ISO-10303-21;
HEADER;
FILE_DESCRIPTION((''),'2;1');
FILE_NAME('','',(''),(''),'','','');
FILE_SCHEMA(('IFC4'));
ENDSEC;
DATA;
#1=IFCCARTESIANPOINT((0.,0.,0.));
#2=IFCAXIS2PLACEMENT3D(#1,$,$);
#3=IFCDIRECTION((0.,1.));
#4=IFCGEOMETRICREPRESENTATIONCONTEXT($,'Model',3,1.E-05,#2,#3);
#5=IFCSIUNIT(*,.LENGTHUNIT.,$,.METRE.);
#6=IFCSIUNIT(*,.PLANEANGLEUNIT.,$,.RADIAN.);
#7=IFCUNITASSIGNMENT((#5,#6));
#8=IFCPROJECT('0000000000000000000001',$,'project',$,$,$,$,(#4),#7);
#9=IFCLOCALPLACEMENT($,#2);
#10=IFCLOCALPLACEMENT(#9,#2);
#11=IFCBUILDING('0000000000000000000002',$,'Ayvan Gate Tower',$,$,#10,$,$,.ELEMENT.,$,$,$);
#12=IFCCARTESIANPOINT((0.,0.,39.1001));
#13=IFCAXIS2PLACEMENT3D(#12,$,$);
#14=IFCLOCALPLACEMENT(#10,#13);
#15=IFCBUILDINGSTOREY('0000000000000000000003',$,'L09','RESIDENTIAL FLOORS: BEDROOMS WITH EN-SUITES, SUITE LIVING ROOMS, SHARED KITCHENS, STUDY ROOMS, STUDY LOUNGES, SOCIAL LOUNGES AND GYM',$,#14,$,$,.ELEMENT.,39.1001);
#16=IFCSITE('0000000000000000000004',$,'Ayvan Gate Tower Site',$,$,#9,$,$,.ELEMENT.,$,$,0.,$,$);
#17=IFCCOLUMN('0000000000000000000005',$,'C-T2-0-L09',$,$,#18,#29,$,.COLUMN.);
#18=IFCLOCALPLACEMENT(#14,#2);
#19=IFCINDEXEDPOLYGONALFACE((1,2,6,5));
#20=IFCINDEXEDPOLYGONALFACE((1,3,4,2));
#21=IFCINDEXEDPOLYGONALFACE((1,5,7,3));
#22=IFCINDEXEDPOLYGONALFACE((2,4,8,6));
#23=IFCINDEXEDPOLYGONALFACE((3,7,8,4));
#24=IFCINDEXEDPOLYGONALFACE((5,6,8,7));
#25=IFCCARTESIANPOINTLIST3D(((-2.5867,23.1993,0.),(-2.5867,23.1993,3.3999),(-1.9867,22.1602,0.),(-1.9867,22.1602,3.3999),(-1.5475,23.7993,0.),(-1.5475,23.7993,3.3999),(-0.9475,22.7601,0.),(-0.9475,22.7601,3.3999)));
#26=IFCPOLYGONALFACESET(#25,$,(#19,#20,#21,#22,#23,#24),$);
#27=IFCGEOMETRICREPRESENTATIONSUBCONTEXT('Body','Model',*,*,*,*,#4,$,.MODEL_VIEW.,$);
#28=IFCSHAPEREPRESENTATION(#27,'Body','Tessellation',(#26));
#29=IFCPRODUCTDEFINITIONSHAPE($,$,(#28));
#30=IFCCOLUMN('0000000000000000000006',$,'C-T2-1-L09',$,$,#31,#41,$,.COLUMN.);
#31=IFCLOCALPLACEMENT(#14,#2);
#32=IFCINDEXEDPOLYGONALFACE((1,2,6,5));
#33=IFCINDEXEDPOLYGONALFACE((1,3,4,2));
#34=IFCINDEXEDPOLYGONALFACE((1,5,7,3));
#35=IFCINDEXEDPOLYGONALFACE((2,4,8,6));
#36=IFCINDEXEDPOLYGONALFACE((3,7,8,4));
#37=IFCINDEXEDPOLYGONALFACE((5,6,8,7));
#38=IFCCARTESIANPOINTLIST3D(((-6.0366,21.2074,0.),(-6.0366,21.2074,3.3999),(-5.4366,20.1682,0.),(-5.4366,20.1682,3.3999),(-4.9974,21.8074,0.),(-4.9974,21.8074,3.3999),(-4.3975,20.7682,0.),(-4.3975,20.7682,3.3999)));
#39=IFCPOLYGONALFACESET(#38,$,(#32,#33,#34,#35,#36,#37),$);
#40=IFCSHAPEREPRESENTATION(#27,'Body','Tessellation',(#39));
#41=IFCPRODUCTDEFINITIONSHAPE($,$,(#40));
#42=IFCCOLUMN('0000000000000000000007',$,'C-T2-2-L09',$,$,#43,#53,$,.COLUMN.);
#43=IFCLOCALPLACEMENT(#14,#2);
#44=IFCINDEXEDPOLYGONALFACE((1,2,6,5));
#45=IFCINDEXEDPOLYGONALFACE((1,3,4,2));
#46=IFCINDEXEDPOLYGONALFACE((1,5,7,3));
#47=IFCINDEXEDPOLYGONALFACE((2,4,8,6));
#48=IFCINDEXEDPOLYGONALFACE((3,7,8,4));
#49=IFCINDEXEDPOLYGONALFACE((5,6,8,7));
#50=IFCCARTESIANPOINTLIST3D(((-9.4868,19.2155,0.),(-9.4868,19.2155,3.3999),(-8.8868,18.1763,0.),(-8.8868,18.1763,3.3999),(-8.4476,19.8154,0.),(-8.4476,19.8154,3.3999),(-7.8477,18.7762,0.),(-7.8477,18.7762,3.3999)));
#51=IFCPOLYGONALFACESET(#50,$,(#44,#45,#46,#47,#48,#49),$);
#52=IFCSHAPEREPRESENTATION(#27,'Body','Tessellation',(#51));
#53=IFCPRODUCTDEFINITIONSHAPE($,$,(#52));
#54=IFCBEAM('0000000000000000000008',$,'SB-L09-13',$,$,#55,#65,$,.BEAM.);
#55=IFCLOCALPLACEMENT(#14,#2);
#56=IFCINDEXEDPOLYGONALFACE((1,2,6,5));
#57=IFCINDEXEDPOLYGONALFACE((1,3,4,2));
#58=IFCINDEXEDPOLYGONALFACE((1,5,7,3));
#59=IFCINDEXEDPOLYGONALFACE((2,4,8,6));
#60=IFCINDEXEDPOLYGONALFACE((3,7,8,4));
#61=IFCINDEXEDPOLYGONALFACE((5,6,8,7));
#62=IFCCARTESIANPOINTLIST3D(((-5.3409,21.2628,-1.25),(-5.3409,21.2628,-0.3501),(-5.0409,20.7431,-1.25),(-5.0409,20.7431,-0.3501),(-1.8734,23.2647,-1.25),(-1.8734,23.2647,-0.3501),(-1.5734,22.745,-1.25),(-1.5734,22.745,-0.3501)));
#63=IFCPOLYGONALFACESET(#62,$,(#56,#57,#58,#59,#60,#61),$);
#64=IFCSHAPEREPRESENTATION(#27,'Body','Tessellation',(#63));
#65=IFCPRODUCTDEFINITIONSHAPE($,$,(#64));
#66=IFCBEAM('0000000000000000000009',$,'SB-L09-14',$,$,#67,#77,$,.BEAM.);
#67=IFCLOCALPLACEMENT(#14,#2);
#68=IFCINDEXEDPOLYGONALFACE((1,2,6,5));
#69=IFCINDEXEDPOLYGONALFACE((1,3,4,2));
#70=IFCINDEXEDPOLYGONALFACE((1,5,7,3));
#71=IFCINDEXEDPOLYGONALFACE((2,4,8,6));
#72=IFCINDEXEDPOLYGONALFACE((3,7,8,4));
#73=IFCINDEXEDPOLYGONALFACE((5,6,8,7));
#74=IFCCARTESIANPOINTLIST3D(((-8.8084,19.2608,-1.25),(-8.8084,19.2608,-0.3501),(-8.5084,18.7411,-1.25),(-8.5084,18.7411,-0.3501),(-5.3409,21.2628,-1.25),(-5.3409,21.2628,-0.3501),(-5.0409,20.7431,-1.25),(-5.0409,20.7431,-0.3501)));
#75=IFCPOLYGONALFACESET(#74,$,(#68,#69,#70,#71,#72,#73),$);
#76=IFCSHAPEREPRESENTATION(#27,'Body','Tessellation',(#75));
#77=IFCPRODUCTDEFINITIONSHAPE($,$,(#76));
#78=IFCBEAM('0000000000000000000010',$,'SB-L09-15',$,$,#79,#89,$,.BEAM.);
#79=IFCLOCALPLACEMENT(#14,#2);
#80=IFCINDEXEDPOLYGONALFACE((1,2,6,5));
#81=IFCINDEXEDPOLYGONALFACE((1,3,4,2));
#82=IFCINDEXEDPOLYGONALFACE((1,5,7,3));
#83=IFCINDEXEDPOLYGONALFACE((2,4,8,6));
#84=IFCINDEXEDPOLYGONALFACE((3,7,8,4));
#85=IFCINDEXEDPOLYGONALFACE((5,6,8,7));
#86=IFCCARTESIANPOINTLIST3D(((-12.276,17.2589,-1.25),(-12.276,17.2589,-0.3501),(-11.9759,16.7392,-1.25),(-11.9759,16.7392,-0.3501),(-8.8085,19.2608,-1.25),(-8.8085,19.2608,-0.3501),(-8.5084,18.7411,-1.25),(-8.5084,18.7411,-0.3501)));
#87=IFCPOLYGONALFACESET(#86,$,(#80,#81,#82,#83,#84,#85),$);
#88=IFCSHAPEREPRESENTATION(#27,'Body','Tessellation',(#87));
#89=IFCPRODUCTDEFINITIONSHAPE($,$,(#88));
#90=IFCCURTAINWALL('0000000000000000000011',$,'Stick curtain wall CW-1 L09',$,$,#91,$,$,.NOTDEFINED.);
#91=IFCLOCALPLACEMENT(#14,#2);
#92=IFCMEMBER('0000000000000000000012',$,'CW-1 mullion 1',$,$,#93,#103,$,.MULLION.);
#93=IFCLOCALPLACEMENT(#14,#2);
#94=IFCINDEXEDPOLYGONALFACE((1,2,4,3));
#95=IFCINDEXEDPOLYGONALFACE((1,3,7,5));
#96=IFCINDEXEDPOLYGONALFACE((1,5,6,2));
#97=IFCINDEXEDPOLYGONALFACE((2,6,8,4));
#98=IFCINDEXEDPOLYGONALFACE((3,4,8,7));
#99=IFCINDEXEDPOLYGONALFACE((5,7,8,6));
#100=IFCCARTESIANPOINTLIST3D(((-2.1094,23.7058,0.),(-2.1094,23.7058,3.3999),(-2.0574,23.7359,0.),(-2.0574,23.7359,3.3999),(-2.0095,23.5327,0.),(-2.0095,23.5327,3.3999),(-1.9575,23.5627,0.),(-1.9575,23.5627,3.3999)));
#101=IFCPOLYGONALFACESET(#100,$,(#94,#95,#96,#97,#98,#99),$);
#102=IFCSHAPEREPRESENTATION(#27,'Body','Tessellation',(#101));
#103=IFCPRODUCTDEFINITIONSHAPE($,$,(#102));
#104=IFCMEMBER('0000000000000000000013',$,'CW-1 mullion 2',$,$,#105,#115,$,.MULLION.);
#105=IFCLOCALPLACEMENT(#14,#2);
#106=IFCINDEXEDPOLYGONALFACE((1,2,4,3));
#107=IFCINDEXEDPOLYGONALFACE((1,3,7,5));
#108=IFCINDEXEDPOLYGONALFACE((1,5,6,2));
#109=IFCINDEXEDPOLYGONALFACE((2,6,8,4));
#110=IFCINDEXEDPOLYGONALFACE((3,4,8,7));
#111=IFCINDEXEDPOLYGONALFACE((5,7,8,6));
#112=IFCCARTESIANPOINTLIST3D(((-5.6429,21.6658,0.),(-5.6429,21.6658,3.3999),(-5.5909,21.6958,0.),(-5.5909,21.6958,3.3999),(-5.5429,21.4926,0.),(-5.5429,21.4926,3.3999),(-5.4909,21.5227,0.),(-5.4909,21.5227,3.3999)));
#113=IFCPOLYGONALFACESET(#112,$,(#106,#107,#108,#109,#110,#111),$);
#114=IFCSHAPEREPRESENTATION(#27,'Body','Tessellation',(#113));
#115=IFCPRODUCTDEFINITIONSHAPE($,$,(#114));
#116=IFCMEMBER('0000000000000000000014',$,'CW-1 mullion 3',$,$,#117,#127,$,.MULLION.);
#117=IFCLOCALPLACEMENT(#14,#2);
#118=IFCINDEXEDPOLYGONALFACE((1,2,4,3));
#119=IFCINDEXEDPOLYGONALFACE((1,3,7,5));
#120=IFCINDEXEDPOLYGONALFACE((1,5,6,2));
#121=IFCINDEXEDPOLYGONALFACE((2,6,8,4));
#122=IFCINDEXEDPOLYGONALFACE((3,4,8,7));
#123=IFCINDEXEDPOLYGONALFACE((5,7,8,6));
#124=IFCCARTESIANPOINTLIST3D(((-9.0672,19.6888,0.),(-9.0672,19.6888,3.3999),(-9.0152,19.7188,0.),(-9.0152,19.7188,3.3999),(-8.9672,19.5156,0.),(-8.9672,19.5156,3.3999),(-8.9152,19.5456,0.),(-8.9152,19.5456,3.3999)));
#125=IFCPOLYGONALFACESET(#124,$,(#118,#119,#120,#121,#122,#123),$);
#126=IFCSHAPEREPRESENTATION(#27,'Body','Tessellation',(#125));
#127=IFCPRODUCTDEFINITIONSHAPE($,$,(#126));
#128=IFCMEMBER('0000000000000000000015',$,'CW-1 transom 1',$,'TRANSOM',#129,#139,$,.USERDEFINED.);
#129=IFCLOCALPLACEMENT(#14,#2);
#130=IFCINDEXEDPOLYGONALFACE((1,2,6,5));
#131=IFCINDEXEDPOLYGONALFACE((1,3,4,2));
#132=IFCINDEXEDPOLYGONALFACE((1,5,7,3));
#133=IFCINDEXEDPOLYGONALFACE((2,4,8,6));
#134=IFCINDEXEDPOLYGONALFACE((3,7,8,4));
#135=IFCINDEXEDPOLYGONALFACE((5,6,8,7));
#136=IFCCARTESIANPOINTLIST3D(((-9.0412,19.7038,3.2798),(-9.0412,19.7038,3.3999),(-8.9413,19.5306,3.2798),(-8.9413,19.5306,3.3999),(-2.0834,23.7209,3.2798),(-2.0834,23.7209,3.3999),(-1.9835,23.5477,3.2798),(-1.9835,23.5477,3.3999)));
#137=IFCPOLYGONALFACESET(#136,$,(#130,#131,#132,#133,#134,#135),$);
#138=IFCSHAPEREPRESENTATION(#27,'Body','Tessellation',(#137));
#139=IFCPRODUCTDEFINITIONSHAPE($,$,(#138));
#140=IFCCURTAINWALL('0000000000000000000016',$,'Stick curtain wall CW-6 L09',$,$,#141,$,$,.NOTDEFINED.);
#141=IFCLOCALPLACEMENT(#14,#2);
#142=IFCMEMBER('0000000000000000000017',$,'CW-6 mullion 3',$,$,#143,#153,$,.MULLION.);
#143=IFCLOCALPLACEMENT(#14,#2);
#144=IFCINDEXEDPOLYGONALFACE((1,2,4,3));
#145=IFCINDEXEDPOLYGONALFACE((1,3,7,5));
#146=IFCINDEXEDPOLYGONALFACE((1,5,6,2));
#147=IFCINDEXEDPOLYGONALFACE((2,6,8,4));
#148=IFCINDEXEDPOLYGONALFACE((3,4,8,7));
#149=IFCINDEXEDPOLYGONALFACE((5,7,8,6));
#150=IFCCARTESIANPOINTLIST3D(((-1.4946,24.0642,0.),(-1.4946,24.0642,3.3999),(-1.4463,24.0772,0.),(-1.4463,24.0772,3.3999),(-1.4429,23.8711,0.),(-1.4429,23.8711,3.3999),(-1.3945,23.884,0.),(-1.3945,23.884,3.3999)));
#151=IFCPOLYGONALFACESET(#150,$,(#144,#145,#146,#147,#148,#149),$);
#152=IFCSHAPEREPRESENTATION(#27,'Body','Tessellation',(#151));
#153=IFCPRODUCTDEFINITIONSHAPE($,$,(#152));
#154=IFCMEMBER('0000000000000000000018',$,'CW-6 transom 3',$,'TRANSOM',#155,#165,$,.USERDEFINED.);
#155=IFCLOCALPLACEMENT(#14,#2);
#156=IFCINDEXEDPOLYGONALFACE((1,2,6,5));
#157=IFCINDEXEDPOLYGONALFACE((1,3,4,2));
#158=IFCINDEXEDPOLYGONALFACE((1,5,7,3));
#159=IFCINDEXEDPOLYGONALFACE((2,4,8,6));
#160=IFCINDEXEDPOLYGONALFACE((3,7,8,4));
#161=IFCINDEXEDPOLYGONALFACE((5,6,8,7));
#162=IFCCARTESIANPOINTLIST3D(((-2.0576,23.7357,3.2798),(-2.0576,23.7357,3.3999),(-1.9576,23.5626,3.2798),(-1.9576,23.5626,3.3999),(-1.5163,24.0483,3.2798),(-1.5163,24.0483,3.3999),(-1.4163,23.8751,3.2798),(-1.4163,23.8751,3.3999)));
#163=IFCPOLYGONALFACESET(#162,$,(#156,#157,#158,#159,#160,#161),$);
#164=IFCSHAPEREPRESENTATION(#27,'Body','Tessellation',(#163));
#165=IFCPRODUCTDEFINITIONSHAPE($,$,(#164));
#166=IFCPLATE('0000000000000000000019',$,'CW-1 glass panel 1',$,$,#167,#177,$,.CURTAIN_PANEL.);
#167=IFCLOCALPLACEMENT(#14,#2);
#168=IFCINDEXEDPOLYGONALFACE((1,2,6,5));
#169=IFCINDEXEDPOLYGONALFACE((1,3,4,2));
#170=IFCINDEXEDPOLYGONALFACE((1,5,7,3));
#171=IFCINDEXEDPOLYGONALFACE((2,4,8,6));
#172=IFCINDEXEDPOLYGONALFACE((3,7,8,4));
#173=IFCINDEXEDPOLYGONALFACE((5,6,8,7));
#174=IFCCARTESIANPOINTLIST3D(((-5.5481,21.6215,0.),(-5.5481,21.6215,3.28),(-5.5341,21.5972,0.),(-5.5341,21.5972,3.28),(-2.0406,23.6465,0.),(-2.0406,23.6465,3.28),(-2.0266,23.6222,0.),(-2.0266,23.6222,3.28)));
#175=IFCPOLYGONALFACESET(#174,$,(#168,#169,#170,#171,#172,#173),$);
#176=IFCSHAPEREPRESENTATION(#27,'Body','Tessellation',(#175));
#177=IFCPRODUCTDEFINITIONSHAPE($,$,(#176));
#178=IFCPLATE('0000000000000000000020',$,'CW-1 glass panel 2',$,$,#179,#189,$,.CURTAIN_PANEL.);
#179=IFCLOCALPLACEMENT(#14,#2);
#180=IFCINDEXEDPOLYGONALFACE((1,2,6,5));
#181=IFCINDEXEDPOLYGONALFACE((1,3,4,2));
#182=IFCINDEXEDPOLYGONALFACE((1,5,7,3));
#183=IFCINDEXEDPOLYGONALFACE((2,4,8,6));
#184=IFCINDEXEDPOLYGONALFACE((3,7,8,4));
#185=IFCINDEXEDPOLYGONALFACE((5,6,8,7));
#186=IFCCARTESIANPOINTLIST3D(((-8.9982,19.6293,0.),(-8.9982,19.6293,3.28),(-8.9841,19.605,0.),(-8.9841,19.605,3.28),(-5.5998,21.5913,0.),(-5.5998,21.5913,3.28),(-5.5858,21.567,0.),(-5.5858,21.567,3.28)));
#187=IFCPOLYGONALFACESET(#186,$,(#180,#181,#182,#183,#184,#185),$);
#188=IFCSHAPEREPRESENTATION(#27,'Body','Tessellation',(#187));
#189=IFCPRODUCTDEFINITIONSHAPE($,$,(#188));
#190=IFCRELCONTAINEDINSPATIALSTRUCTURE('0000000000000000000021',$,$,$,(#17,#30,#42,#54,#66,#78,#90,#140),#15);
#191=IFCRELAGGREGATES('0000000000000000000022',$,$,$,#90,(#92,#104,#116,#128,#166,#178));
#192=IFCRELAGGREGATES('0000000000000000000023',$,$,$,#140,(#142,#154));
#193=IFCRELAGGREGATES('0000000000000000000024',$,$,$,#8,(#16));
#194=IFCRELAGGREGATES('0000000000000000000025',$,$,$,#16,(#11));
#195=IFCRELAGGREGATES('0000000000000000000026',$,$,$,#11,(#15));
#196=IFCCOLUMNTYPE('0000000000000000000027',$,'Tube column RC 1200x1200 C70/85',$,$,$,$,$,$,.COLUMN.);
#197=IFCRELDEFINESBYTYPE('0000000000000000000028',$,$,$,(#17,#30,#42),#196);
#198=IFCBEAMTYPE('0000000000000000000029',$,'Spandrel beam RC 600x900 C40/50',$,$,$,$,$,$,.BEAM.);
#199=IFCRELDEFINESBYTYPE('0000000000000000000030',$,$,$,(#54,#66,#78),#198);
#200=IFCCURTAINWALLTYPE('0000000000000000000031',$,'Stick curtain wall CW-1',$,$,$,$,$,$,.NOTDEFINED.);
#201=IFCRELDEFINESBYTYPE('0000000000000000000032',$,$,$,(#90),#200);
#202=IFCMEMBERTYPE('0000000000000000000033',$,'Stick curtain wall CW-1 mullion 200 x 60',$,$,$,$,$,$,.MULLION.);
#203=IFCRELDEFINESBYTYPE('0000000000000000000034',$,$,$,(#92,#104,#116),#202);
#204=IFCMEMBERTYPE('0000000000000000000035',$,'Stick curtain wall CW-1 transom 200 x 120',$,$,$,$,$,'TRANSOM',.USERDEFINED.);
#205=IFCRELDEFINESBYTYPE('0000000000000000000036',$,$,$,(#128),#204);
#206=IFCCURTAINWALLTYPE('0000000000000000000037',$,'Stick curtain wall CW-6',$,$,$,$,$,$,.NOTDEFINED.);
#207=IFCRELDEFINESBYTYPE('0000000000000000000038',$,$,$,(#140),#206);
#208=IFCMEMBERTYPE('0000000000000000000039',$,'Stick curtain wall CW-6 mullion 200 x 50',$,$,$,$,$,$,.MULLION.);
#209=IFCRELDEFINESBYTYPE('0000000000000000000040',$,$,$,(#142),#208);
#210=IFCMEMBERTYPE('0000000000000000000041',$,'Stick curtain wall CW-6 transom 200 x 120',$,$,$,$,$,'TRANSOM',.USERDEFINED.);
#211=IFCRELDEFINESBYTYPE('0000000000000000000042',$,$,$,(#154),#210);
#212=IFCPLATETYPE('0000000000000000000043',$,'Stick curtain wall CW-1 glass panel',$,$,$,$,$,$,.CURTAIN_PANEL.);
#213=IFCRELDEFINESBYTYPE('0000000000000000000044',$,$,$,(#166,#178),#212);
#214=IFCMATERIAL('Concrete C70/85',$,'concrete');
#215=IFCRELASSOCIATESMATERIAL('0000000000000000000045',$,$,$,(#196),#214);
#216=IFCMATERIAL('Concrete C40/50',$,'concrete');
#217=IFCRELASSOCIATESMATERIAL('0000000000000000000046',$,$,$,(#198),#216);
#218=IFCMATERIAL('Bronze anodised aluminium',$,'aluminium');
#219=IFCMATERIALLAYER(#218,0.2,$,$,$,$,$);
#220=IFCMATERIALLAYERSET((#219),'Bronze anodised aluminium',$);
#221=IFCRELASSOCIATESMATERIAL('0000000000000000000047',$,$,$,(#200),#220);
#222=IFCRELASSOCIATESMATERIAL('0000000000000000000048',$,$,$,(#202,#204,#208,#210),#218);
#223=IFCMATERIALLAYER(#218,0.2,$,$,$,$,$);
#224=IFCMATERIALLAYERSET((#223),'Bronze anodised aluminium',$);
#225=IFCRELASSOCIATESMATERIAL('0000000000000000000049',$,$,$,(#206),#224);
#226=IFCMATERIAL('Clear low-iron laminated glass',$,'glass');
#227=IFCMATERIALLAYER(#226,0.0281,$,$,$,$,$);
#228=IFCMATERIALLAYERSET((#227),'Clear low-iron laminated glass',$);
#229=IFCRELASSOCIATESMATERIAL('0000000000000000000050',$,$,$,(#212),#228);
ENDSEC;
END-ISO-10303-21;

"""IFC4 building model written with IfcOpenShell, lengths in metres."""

from ifc_helpers import new_model, si_unit, direction, frame, origin, origin_2d, place, context, subcontext, project, spatial, rectangle, extrude, material, layer, layer_set, material_profile, profile_set, type_object, element, aggregate, save


model = new_model("IFC4")

# Units and contexts
model_context = context("Model", 3, precision=1e-05, world=origin(), true_north=direction((0.0, 1.0)))
body_context = subcontext(model_context, "Body", "Model", "MODEL_VIEW")
ifc_project = project(units=[si_unit("LENGTHUNIT", "METRE"), si_unit("PLANEANGLEUNIT", "RADIAN")], contexts=[model_context])

# Site, building, storey
site_placement = place(None, origin())
site = spatial("IfcSite", under=ifc_project, at=site_placement, Name="Ayvan Gate Tower Site", CompositionType="ELEMENT", RefElevation=0.0)
building_placement = place(site_placement, origin())
building = spatial("IfcBuilding", under=site, at=building_placement, Name="Ayvan Gate Tower", CompositionType="ELEMENT")
storey_placement = place(building_placement, frame((0.0, 0.0, 39.1001)))
storey = spatial("IfcBuildingStorey", under=building, at=storey_placement, Name="L09", Description="RESIDENTIAL FLOORS: BEDROOMS WITH EN-SUITES, SUITE LIVING ROOMS, SHARED KITCHENS, STUDY ROOMS, STUDY LOUNGES, SOCIAL LOUNGES AND GYM", CompositionType="ELEMENT", Elevation=39.1001)

# Columns
ifc_material_1 = material(Name="Concrete C70/85", Category="concrete")
ifc_material_profile_1 = material_profile(ifc_material_1, rectangle(XDim=1.2, YDim=1.2, at=origin_2d()), Name="RC 1200x1200")
ifc_profile_set_1 = profile_set([ifc_material_profile_1], Name="Concrete C70/85")
column_type = type_object("IfcColumnType", Name="Tube column RC 1200x1200 C70/85", PredefinedType="COLUMN", material=ifc_profile_set_1)
for number, where, z_axis, x_axis, name in (
    (1, (-1.7671, 22.9797, 0.0), (0.0, 0.0, 1.0), (-0.5, 0.866025, 0.0), "C-T2-0-L09"),
    (2, (-5.217, 20.9878, 0.0), (0.0, 0.0, 1.0), (-0.5, 0.866025, 0.0), "C-T2-1-L09"),
    (3, (-8.6672, 18.9958, 0.0), (0.0, 0.0, 1.0), (-0.5, 0.866025, 0.0), "C-T2-2-L09"),
):
    element("IfcColumn", number, at=place(storey_placement, frame(where, z_axis=z_axis, x_axis=x_axis)), inside=storey, type_object=column_type, Name=name, PredefinedType="COLUMN", context=body_context, shape_type="SweptSolid", body=[
        extrude(rectangle(XDim=1.2, YDim=1.2, at=origin_2d()), origin(), (0.0, 0.0, 1.0), 3.3999),
    ])

# Beams
ifc_material_2 = material(Name="Concrete C40/50", Category="concrete")
ifc_material_profile_2 = material_profile(ifc_material_2, rectangle(XDim=0.6001, YDim=0.8999, at=origin_2d()), Name="RC 600x900")
ifc_profile_set_2 = profile_set([ifc_material_profile_2], Name="Concrete C40/50")
beam_type = type_object("IfcBeamType", Name="Spandrel beam RC 600x900 C40/50", PredefinedType="BEAM", material=ifc_profile_set_2)
for number, where, z_axis, x_axis, name in (
    (4, (-1.7234, 23.0049, -0.8), (-0.866028, -0.499995, 0.0), (0.499995, -0.866028, 0.0), "SB-L09-13"),
    (5, (-5.1909, 21.0029, -0.8), (-0.866028, -0.499995, 0.0), (0.499995, -0.866028, 0.0), "SB-L09-14"),
    (6, (-8.6584, 19.001, -0.8), (-0.866028, -0.499995, 0.0), (0.499995, -0.866028, 0.0), "SB-L09-15"),
):
    element("IfcBeam", number, at=place(storey_placement, frame(where, z_axis=z_axis, x_axis=x_axis)), inside=storey, type_object=beam_type, Name=name, PredefinedType="BEAM", context=body_context, shape_type="SweptSolid", body=[
        extrude(rectangle(XDim=0.6001, YDim=0.8999, at=origin_2d()), origin(), (0.0, 0.0, 1.0), 4.0039),
    ])

# Curtain walls, members
ifc_material_3 = material(Name="Bronze anodised aluminium", Category="aluminium")
ifc_layer_1 = layer(ifc_material_3, 0.2)
ifc_layer_set_1 = layer_set([ifc_layer_1], Name="Bronze anodised aluminium")
curtain_wall_type_1 = type_object("IfcCurtainWallType", Name="Stick curtain wall CW-1", PredefinedType="NOTDEFINED", material=ifc_layer_set_1)
curtain_wall_1_placement = place(storey_placement, origin())
curtain_wall_1 = element("IfcCurtainWall", 7, at=curtain_wall_1_placement, inside=storey, type_object=curtain_wall_type_1, Name="Stick curtain wall CW-1 L09", PredefinedType="NOTDEFINED")
ifc_material_profile_3 = material_profile(ifc_material_3, rectangle(XDim=0.2, YDim=0.0601, at=origin_2d()), Name="Stick curtain wall CW-1 mullion 200 x 60")
ifc_profile_set_3 = profile_set([ifc_material_profile_3], Name="Bronze anodised aluminium")
member_type_1 = type_object("IfcMemberType", Name="Stick curtain wall CW-1 mullion 200 x 60", PredefinedType="MULLION", material=ifc_profile_set_3)
member_1_placement = place(storey_placement, frame((-2.0334, 23.6343, 0.0), z_axis=(0.0, 0.0, 1.0), x_axis=(-0.5, 0.866025, 0.0)))
member_1 = element("IfcMember", 8, at=member_1_placement, type_object=member_type_1, Name="CW-1 mullion 1", PredefinedType="MULLION", context=body_context, shape_type="SweptSolid", body=[
    extrude(rectangle(XDim=0.2, YDim=0.0601, at=origin_2d()), origin(), (0.0, 0.0, 1.0), 3.3999),
])
member_2_placement = place(storey_placement, frame((-5.5669, 21.5942, 0.0), z_axis=(0.0, 0.0, 1.0), x_axis=(-0.5, 0.866025, 0.0)))
member_2 = element("IfcMember", 9, at=member_2_placement, type_object=member_type_1, Name="CW-1 mullion 2", PredefinedType="MULLION", context=body_context, shape_type="SweptSolid", body=[
    extrude(rectangle(XDim=0.2, YDim=0.0601, at=origin_2d()), origin(), (0.0, 0.0, 1.0), 3.3999),
])
member_3_placement = place(storey_placement, frame((-8.9912, 19.6172, 0.0), z_axis=(0.0, 0.0, 1.0), x_axis=(-0.5, 0.866025, 0.0)))
member_3 = element("IfcMember", 10, at=member_3_placement, type_object=member_type_1, Name="CW-1 mullion 3", PredefinedType="MULLION", context=body_context, shape_type="SweptSolid", body=[
    extrude(rectangle(XDim=0.2, YDim=0.0601, at=origin_2d()), origin(), (0.0, 0.0, 1.0), 3.3999),
])
ifc_material_profile_4 = material_profile(ifc_material_3, rectangle(XDim=0.2, YDim=0.1201, at=origin_2d()), Name="Stick curtain wall CW-1 transom 200 x 120")
ifc_profile_set_4 = profile_set([ifc_material_profile_4], Name="Bronze anodised aluminium")
member_type_2 = type_object("IfcMemberType", Name="Stick curtain wall CW-1 transom 200 x 120", ElementType="TRANSOM", PredefinedType="USERDEFINED", material=ifc_profile_set_4)
member_4_placement = place(storey_placement, frame((-2.0334, 23.6343, 3.3398), z_axis=(-0.866024, -0.500002, 0.0), x_axis=(0.500002, -0.866024, 0.0)))
member_4 = element("IfcMember", 11, at=member_4_placement, type_object=member_type_2, Name="CW-1 transom 1", ObjectType="TRANSOM", PredefinedType="USERDEFINED", context=body_context, shape_type="SweptSolid", body=[
    extrude(rectangle(XDim=0.2, YDim=0.1201, at=origin_2d()), origin(), (0.0, 0.0, 1.0), 8.0342),
])
ifc_layer_2 = layer(ifc_material_3, 0.2)
ifc_layer_set_2 = layer_set([ifc_layer_2], Name="Bronze anodised aluminium")
curtain_wall_type_2 = type_object("IfcCurtainWallType", Name="Stick curtain wall CW-6", PredefinedType="NOTDEFINED", material=ifc_layer_set_2)
curtain_wall_2_placement = place(storey_placement, origin())
curtain_wall_2 = element("IfcCurtainWall", 12, at=curtain_wall_2_placement, inside=storey, type_object=curtain_wall_type_2, Name="Stick curtain wall CW-6 L09", PredefinedType="NOTDEFINED")
ifc_material_profile_5 = material_profile(ifc_material_3, rectangle(XDim=0.2, YDim=0.05, at=origin_2d()), Name="Stick curtain wall CW-6 mullion 200 x 50")
ifc_profile_set_5 = profile_set([ifc_material_profile_5], Name="Bronze anodised aluminium")
member_type_3 = type_object("IfcMemberType", Name="Stick curtain wall CW-6 mullion 200 x 50", PredefinedType="MULLION", material=ifc_profile_set_5)
member_5_placement = place(storey_placement, frame((-1.4446, 23.9741, 0.0), z_axis=(0.0, 0.0, 1.0), x_axis=(-0.258819, 0.965926, 0.0)))
member_5 = element("IfcMember", 13, at=member_5_placement, type_object=member_type_3, Name="CW-6 mullion 3", PredefinedType="MULLION", context=body_context, shape_type="SweptSolid", body=[
    extrude(rectangle(XDim=0.2, YDim=0.05, at=origin_2d()), origin(), (0.0, 0.0, 1.0), 3.3999),
])
ifc_material_profile_6 = material_profile(ifc_material_3, rectangle(XDim=0.2, YDim=0.1201, at=origin_2d()), Name="Stick curtain wall CW-6 transom 200 x 120")
ifc_profile_set_6 = profile_set([ifc_material_profile_6], Name="Bronze anodised aluminium")
member_type_4 = type_object("IfcMemberType", Name="Stick curtain wall CW-6 transom 200 x 120", ElementType="TRANSOM", PredefinedType="USERDEFINED", material=ifc_profile_set_6)
member_6_placement = place(storey_placement, frame((-1.4663, 23.9617, 3.3398), z_axis=(-0.866023, -0.500004, 0.0), x_axis=(0.500004, -0.866023, 0.0)))
member_6 = element("IfcMember", 14, at=member_6_placement, type_object=member_type_4, Name="CW-6 transom 3", ObjectType="TRANSOM", PredefinedType="USERDEFINED", context=body_context, shape_type="SweptSolid", body=[
    extrude(rectangle(XDim=0.2, YDim=0.1201, at=origin_2d()), origin(), (0.0, 0.0, 1.0), 0.625),
])

# Plates
ifc_material_4 = material(Name="Clear low-iron laminated glass", Category="glass")
ifc_layer_3 = layer(ifc_material_4, 0.0281)
ifc_layer_set_3 = layer_set([ifc_layer_3], Name="Clear low-iron laminated glass")
plate_type_1 = type_object("IfcPlateType", Name="Stick curtain wall CW-1 glass panel", PredefinedType="CURTAIN_PANEL", material=ifc_layer_set_3)
plate_1_placement = place(storey_placement, frame((-3.7874, 22.6218, 0.0), z_axis=(0.0, 0.0, 1.0), x_axis=(-0.866025, -0.5, 0.0)))
plate_1 = element("IfcPlate", 15, at=plate_1_placement, type_object=plate_type_1, Name="CW-1 glass panel 1", PredefinedType="CURTAIN_PANEL", context=body_context, shape_type="SweptSolid", body=[
    extrude(rectangle(XDim=4.05, YDim=0.0281, at=origin_2d()), origin(), (0.0, 0.0, 1.0), 3.28),
])
plate_2_placement = place(storey_placement, frame((-7.292, 20.5981, 0.0), z_axis=(0.0, 0.0, 1.0), x_axis=(-0.866025, -0.5, 0.0)))
plate_2 = element("IfcPlate", 16, at=plate_2_placement, type_object=plate_type_1, Name="CW-1 glass panel 2", PredefinedType="CURTAIN_PANEL", context=body_context, shape_type="SweptSolid", body=[
    extrude(rectangle(XDim=3.9241, YDim=0.0281, at=origin_2d()), origin(), (0.0, 0.0, 1.0), 3.28),
])
aggregate(curtain_wall_1, [member_1, member_2, member_3, member_4, plate_1, plate_2])
aggregate(curtain_wall_2, [member_5, member_6])

save(model, "model.ifc")
